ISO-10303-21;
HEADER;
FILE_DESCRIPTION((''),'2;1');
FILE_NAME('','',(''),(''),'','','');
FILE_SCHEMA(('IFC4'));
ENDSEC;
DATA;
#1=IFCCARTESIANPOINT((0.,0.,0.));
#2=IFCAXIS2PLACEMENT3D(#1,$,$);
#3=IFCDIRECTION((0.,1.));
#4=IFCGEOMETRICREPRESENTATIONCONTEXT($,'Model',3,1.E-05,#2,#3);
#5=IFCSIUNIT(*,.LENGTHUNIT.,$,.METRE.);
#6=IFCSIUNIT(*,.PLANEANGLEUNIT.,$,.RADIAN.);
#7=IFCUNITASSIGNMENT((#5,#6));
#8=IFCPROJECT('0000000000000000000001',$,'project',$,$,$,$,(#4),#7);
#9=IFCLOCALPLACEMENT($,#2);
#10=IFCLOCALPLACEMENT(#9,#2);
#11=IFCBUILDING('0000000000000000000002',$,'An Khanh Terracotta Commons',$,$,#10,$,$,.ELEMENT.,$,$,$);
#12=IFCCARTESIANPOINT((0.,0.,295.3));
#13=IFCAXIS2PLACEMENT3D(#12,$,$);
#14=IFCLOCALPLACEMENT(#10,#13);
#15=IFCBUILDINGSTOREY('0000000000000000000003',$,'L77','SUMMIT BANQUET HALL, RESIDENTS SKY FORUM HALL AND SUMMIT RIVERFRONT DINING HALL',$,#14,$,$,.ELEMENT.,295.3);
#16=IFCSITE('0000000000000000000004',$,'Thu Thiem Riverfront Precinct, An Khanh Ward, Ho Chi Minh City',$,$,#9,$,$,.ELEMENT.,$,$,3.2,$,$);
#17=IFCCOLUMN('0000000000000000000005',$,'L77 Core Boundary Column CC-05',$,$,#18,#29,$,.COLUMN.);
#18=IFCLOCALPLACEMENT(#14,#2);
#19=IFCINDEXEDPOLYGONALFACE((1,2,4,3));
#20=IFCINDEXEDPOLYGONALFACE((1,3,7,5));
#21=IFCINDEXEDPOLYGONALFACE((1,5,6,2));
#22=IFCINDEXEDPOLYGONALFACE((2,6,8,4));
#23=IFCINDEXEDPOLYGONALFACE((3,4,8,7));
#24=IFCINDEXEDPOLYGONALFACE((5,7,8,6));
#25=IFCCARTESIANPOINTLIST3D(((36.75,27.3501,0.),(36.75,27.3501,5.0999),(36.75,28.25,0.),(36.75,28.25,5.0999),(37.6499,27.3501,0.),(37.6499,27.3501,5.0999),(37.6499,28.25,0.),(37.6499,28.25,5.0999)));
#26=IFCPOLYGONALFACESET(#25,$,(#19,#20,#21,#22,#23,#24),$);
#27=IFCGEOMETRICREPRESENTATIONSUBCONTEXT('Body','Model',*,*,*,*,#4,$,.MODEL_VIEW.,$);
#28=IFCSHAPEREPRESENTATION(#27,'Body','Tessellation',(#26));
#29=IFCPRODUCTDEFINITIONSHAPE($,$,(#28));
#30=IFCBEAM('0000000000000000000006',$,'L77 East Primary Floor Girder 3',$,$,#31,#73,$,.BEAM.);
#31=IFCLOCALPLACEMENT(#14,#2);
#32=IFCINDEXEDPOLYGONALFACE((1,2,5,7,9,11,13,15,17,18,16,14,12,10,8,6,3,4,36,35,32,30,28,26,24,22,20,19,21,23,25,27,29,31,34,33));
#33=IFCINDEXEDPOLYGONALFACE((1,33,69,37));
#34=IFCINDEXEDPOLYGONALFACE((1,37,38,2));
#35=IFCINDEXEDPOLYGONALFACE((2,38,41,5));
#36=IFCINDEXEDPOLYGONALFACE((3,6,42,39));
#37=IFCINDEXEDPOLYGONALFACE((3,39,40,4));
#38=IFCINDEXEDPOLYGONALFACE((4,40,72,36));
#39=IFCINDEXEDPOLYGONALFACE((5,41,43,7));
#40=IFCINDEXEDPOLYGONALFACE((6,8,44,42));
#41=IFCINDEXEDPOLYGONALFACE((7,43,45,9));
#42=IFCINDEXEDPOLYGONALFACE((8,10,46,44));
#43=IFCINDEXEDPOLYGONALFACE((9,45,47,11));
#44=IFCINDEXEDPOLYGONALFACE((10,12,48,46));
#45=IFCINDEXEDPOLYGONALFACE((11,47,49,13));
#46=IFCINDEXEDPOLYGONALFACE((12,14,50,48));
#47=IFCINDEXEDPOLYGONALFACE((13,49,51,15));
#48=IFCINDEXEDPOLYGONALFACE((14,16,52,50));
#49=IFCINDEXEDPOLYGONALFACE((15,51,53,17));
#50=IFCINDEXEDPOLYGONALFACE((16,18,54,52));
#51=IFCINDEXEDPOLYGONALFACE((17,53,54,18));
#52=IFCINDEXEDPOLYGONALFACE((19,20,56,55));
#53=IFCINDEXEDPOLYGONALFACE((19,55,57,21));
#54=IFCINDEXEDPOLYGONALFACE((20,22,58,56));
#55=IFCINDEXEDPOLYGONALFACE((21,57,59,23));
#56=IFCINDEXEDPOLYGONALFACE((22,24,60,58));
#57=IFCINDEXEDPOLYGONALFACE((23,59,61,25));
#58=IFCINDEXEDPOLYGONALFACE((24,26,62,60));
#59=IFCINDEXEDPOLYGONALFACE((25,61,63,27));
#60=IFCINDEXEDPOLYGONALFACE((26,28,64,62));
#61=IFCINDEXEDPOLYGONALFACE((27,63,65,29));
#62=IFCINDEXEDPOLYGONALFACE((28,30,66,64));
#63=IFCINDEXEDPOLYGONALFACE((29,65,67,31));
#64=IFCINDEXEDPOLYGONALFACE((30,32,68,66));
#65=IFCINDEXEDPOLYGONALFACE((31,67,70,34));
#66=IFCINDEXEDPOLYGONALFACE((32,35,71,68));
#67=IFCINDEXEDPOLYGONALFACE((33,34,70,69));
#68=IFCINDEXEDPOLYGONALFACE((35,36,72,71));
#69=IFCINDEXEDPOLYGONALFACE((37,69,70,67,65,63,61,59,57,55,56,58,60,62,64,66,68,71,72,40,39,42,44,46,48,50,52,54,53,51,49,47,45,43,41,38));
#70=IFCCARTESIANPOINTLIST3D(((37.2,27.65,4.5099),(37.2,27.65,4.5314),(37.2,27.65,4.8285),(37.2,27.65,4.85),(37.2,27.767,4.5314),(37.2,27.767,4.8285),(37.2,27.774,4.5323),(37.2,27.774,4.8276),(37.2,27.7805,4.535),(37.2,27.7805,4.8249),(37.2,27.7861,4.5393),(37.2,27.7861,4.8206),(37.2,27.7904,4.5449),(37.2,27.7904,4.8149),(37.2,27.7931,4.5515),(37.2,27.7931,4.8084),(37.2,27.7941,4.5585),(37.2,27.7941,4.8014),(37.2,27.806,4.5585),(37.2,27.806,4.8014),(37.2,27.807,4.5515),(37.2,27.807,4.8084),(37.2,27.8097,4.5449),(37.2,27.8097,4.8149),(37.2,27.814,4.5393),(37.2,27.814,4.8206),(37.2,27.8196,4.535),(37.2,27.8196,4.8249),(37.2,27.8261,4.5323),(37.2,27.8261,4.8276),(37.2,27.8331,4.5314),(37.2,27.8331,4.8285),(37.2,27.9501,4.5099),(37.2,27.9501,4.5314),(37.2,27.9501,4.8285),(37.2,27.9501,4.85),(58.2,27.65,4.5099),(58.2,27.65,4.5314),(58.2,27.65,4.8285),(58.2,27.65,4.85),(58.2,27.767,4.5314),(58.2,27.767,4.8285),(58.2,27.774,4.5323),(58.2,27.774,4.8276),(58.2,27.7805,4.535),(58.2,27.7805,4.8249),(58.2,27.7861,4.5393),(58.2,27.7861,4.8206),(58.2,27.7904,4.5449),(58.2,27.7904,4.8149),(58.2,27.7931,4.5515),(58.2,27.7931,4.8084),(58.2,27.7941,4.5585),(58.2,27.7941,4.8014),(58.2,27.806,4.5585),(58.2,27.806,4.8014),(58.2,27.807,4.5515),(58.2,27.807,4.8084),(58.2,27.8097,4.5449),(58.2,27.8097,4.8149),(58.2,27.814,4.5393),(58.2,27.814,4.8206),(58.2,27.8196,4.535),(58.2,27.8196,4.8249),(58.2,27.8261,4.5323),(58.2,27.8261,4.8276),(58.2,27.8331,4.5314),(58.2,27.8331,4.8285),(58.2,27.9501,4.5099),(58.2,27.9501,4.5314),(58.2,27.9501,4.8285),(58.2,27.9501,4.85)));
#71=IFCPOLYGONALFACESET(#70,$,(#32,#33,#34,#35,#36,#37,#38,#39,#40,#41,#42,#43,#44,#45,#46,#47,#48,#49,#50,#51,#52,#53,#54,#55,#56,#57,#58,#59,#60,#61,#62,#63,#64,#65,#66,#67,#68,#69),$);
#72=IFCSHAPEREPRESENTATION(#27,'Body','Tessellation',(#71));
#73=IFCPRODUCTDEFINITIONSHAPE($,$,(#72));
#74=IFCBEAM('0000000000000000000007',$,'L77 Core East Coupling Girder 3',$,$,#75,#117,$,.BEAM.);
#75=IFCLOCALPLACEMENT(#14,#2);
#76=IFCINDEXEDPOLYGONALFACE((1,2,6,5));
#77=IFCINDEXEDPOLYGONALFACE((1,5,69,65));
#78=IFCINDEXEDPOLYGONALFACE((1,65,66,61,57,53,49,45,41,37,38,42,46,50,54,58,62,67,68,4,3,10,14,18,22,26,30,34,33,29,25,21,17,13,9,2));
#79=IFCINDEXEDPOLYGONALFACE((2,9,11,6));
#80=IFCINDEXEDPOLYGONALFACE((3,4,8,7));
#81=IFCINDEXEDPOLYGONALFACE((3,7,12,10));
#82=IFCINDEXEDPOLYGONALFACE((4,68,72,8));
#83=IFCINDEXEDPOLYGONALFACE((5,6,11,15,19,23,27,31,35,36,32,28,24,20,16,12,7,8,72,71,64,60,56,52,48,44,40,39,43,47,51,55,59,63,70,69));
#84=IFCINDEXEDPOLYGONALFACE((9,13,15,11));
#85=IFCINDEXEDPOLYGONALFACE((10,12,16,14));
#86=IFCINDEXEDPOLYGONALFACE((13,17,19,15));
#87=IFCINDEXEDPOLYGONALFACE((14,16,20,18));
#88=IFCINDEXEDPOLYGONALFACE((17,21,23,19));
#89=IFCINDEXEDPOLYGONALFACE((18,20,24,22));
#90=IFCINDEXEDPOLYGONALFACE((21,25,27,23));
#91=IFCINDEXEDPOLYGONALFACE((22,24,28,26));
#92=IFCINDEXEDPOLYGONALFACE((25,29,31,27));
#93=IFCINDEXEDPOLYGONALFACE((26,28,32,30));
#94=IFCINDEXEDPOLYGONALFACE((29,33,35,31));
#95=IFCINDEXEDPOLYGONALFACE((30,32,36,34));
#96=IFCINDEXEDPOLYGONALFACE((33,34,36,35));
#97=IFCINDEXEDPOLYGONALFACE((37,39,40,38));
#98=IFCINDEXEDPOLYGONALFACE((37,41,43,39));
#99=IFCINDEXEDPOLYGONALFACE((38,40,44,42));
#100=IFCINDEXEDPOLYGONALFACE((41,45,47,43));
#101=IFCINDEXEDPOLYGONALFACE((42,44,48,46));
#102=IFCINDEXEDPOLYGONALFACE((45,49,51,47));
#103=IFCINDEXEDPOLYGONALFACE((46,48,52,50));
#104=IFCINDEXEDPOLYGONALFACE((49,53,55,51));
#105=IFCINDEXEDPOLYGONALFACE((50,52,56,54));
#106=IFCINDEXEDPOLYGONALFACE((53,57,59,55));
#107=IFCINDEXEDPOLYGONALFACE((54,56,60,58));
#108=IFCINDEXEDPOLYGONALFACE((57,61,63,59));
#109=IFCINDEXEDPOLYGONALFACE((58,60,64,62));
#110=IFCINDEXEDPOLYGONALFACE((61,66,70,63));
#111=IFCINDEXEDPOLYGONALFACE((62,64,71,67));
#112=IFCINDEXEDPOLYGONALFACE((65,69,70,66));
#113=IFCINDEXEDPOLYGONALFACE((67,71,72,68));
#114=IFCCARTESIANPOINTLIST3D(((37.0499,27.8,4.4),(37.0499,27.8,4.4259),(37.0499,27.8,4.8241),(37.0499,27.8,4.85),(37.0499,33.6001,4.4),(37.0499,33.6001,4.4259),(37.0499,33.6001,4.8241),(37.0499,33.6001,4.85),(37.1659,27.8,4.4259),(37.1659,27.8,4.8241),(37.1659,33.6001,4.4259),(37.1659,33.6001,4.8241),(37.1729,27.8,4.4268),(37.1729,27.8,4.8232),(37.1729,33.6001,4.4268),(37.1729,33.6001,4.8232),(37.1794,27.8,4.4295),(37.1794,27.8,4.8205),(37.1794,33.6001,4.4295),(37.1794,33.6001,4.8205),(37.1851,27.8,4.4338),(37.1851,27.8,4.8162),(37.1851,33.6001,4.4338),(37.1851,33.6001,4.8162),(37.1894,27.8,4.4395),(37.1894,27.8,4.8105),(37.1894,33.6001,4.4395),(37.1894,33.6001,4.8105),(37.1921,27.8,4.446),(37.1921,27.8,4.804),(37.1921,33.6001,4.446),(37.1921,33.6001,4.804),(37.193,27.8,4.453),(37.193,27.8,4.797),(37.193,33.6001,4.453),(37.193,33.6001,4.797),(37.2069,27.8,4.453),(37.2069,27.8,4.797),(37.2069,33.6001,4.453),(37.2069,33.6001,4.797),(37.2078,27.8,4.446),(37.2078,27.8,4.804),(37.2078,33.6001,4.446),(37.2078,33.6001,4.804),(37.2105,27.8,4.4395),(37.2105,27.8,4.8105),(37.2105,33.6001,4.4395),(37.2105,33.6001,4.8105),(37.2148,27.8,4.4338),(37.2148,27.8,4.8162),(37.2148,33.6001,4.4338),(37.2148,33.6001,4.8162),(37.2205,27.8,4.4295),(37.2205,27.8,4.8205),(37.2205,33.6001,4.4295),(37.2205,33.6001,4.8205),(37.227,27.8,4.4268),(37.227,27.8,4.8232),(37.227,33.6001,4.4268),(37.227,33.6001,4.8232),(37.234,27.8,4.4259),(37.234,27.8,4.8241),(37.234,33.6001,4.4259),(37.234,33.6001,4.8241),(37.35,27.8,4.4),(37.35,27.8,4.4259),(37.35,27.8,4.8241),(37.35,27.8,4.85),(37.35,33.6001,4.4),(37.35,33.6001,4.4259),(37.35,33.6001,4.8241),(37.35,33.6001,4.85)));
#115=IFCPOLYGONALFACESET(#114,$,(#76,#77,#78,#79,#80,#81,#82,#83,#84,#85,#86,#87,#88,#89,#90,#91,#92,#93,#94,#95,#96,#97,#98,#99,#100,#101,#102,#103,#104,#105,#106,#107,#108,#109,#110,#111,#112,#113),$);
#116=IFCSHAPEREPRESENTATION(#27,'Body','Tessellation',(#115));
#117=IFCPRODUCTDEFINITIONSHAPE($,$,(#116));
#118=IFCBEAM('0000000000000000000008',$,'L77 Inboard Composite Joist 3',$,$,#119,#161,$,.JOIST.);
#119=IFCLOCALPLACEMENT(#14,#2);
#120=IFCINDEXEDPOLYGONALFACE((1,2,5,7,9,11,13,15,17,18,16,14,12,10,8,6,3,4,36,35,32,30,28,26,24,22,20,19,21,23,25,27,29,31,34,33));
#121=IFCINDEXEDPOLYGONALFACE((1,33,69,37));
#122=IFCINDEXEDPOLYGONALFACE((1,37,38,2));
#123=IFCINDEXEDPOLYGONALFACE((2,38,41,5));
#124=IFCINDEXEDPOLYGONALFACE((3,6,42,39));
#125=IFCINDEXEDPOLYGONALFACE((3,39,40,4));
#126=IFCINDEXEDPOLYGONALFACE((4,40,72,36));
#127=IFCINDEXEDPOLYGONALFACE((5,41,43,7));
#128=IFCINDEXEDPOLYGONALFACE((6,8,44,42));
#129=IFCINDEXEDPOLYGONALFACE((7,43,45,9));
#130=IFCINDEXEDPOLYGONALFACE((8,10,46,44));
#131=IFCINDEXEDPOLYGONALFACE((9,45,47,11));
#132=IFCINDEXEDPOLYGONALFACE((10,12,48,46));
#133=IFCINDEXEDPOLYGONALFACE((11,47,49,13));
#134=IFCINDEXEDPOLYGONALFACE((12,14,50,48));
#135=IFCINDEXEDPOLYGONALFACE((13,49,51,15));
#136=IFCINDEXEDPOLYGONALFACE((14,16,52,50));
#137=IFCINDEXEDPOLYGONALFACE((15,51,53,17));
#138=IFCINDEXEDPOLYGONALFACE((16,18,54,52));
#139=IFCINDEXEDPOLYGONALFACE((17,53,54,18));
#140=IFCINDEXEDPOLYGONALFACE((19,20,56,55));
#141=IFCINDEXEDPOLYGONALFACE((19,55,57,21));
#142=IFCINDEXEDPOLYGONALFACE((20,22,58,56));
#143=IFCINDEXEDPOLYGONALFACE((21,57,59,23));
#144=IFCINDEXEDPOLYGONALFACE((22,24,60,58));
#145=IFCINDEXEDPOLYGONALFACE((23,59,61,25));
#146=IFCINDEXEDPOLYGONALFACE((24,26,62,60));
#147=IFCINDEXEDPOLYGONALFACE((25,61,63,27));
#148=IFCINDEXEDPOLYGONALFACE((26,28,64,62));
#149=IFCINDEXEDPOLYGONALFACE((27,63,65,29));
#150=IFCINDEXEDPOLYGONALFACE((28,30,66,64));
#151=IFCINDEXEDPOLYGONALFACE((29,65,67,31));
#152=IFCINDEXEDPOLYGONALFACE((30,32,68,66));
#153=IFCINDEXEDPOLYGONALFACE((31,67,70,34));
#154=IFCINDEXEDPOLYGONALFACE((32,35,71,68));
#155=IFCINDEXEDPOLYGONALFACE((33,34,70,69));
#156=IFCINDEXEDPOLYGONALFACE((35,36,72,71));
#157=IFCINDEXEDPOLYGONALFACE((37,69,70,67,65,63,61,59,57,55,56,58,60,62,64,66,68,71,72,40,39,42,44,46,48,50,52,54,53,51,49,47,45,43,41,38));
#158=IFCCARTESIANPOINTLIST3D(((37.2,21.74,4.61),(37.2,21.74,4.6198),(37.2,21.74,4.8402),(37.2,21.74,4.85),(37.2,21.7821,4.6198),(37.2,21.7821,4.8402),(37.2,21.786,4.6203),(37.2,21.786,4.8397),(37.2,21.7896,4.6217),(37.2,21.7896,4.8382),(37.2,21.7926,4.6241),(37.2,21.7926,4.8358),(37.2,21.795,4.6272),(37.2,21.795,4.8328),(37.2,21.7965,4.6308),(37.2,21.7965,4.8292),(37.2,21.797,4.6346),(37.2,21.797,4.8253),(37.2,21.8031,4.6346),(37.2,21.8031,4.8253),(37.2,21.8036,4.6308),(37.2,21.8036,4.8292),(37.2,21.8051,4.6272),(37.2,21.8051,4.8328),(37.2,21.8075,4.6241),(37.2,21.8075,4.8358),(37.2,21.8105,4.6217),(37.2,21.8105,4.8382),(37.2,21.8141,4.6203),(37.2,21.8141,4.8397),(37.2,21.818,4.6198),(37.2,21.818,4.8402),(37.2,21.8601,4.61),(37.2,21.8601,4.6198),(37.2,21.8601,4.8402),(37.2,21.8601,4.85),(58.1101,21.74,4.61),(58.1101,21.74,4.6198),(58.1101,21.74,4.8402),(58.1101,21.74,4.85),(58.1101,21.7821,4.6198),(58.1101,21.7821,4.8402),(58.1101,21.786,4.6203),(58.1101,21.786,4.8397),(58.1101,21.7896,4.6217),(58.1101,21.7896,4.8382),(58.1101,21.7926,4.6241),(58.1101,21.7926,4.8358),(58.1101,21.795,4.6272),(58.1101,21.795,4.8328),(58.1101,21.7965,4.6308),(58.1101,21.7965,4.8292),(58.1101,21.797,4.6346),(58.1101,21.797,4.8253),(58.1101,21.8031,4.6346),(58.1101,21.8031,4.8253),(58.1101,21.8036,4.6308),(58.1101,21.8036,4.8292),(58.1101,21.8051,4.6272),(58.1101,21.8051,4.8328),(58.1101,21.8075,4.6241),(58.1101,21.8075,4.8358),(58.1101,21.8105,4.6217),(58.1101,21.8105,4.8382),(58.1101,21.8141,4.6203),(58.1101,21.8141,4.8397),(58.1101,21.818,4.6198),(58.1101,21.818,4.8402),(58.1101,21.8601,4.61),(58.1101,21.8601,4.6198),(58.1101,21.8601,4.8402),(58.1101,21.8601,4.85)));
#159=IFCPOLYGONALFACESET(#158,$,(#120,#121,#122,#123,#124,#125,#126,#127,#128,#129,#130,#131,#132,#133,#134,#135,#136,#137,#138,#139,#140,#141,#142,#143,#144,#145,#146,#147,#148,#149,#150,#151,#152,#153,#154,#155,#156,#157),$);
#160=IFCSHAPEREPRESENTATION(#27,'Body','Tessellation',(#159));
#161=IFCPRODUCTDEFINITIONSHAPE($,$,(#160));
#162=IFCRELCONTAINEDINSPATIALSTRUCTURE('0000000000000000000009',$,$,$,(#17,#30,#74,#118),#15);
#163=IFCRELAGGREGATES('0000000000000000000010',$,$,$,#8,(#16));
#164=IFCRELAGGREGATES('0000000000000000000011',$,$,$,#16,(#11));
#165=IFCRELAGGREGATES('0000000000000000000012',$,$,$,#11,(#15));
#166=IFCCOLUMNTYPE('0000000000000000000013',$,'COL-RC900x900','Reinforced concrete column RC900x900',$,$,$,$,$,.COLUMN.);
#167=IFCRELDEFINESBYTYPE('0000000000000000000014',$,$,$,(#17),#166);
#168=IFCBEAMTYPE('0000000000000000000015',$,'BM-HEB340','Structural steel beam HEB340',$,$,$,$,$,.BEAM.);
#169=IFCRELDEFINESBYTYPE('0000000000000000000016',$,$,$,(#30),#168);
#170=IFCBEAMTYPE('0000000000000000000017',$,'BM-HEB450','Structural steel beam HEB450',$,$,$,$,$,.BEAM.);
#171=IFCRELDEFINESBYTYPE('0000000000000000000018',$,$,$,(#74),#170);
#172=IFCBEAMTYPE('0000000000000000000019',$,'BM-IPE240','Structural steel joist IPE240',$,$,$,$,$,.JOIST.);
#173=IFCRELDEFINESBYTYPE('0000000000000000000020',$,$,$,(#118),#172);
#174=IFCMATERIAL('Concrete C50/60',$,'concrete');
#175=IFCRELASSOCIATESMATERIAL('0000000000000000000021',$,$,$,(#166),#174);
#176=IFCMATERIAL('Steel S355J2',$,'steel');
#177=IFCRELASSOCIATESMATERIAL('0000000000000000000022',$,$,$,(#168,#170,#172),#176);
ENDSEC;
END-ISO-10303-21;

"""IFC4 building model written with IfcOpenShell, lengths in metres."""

from ifc_helpers import new_model, si_unit, direction, frame, origin, origin_2d, place, context, subcontext, project, spatial, rectangle, i_section, extrude, material, material_profile, profile_set, type_object, element, save


model = new_model("IFC4")

# Units and contexts
model_context = context("Model", 3, precision=1e-05, world=origin(), true_north=direction((0.0, 1.0)))
body_context = subcontext(model_context, "Body", "Model", "MODEL_VIEW")
ifc_project = project(units=[si_unit("LENGTHUNIT", "METRE"), si_unit("PLANEANGLEUNIT", "RADIAN")], contexts=[model_context])

# Site, building, storey
site_placement = place(None, origin())
site = spatial("IfcSite", under=ifc_project, at=site_placement, Name="Thu Thiem Riverfront Precinct, An Khanh Ward, Ho Chi Minh City", CompositionType="ELEMENT", RefElevation=3.2)
building_placement = place(site_placement, origin())
building = spatial("IfcBuilding", under=site, at=building_placement, Name="An Khanh Terracotta Commons", CompositionType="ELEMENT")
storey_placement = place(building_placement, frame((0.0, 0.0, 295.3)))
storey = spatial("IfcBuildingStorey", under=building, at=storey_placement, Name="L77", Description="SUMMIT BANQUET HALL, RESIDENTS SKY FORUM HALL AND SUMMIT RIVERFRONT DINING HALL", CompositionType="ELEMENT", Elevation=295.3)

# Column
ifc_material_1 = material(Name="Concrete C50/60", Category="concrete")
ifc_material_profile_1 = material_profile(ifc_material_1, rectangle(XDim=0.8999, YDim=0.8999, at=origin_2d()), Name="RC900x900")
ifc_profile_set_1 = profile_set([ifc_material_profile_1], Name="Concrete C50/60")
column_type = type_object("IfcColumnType", Name="COL-RC900x900", Description="Reinforced concrete column RC900x900", PredefinedType="COLUMN", material=ifc_profile_set_1)
column_placement = place(storey_placement, frame((37.2, 27.8, 0.0), z_axis=(0.0, 0.0, 1.0), x_axis=(1.0, 0.0, 0.0)))
element("IfcColumn", 1, at=column_placement, inside=storey, type_object=column_type, Name="L77 Core Boundary Column CC-05", PredefinedType="COLUMN", context=body_context, shape_type="SweptSolid", body=[
    extrude(rectangle(XDim=0.8999, YDim=0.8999, at=origin_2d()), origin(), (0.0, 0.0, 1.0), 5.0999),
])

# Beams
ifc_material_2 = material(Name="Steel S355J2", Category="steel")
ifc_material_profile_2 = material_profile(ifc_material_2, i_section(OverallWidth=0.3, OverallDepth=0.3401, WebThickness=0.012, FlangeThickness=0.0215, FilletRadius=0.0271, at=origin_2d()), Name="HEB340")
ifc_profile_set_2 = profile_set([ifc_material_profile_2], Name="Steel S355J2")
beam_type_1 = type_object("IfcBeamType", Name="BM-HEB340", Description="Structural steel beam HEB340", PredefinedType="BEAM", material=ifc_profile_set_2)
beam_1_placement = place(storey_placement, frame((37.2, 27.8, 4.6799), z_axis=(1.0, 0.0, 0.0), x_axis=(0.0, 1.0, 0.0)))
element("IfcBeam", 2, at=beam_1_placement, inside=storey, type_object=beam_type_1, Name="L77 East Primary Floor Girder 3", PredefinedType="BEAM", context=body_context, shape_type="SweptSolid", body=[
    extrude(i_section(OverallWidth=0.3, OverallDepth=0.3401, WebThickness=0.012, FlangeThickness=0.0215, FilletRadius=0.0271, at=origin_2d()), origin(), (0.0, 0.0, 1.0), 21.0),
])
ifc_material_profile_3 = material_profile(ifc_material_2, i_section(OverallWidth=0.3, OverallDepth=0.45, WebThickness=0.0139, FlangeThickness=0.0259, FilletRadius=0.0271, at=origin_2d()), Name="HEB450")
ifc_profile_set_3 = profile_set([ifc_material_profile_3], Name="Steel S355J2")
beam_type_2 = type_object("IfcBeamType", Name="BM-HEB450", Description="Structural steel beam HEB450", PredefinedType="BEAM", material=ifc_profile_set_3)
beam_2_placement = place(storey_placement, frame((37.2, 27.8, 4.625), z_axis=(0.0, 1.0, 0.0), x_axis=(-1.0, 0.0, 0.0)))
element("IfcBeam", 3, at=beam_2_placement, inside=storey, type_object=beam_type_2, Name="L77 Core East Coupling Girder 3", PredefinedType="BEAM", context=body_context, shape_type="SweptSolid", body=[
    extrude(i_section(OverallWidth=0.3, OverallDepth=0.45, WebThickness=0.0139, FlangeThickness=0.0259, FilletRadius=0.0271, at=origin_2d()), origin(), (0.0, 0.0, 1.0), 5.8),
])
ifc_material_profile_4 = material_profile(ifc_material_2, i_section(OverallWidth=0.1201, OverallDepth=0.24, WebThickness=0.0061, FlangeThickness=0.0098, FilletRadius=0.0149, at=origin_2d()), Name="IPE240")
ifc_profile_set_4 = profile_set([ifc_material_profile_4], Name="Steel S355J2")
beam_type_3 = type_object("IfcBeamType", Name="BM-IPE240", Description="Structural steel joist IPE240", PredefinedType="JOIST", material=ifc_profile_set_4)
for number, where, z_axis, x_axis, name in (
    (4, (37.2, 21.8, 4.73), (1.0, 0.0, 0.0), (0.0, 1.0, 0.0), "L77 Inboard Composite Joist 3"),
):
    element("IfcBeam", number, at=place(storey_placement, frame(where, z_axis=z_axis, x_axis=x_axis)), inside=storey, type_object=beam_type_3, Name=name, PredefinedType="JOIST", context=body_context, shape_type="SweptSolid", body=[
        extrude(i_section(OverallWidth=0.1201, OverallDepth=0.24, WebThickness=0.0061, FlangeThickness=0.0098, FilletRadius=0.0149, at=origin_2d()), origin(), (0.0, 0.0, 1.0), 20.9102),
    ])

save(model, "model.ifc")
